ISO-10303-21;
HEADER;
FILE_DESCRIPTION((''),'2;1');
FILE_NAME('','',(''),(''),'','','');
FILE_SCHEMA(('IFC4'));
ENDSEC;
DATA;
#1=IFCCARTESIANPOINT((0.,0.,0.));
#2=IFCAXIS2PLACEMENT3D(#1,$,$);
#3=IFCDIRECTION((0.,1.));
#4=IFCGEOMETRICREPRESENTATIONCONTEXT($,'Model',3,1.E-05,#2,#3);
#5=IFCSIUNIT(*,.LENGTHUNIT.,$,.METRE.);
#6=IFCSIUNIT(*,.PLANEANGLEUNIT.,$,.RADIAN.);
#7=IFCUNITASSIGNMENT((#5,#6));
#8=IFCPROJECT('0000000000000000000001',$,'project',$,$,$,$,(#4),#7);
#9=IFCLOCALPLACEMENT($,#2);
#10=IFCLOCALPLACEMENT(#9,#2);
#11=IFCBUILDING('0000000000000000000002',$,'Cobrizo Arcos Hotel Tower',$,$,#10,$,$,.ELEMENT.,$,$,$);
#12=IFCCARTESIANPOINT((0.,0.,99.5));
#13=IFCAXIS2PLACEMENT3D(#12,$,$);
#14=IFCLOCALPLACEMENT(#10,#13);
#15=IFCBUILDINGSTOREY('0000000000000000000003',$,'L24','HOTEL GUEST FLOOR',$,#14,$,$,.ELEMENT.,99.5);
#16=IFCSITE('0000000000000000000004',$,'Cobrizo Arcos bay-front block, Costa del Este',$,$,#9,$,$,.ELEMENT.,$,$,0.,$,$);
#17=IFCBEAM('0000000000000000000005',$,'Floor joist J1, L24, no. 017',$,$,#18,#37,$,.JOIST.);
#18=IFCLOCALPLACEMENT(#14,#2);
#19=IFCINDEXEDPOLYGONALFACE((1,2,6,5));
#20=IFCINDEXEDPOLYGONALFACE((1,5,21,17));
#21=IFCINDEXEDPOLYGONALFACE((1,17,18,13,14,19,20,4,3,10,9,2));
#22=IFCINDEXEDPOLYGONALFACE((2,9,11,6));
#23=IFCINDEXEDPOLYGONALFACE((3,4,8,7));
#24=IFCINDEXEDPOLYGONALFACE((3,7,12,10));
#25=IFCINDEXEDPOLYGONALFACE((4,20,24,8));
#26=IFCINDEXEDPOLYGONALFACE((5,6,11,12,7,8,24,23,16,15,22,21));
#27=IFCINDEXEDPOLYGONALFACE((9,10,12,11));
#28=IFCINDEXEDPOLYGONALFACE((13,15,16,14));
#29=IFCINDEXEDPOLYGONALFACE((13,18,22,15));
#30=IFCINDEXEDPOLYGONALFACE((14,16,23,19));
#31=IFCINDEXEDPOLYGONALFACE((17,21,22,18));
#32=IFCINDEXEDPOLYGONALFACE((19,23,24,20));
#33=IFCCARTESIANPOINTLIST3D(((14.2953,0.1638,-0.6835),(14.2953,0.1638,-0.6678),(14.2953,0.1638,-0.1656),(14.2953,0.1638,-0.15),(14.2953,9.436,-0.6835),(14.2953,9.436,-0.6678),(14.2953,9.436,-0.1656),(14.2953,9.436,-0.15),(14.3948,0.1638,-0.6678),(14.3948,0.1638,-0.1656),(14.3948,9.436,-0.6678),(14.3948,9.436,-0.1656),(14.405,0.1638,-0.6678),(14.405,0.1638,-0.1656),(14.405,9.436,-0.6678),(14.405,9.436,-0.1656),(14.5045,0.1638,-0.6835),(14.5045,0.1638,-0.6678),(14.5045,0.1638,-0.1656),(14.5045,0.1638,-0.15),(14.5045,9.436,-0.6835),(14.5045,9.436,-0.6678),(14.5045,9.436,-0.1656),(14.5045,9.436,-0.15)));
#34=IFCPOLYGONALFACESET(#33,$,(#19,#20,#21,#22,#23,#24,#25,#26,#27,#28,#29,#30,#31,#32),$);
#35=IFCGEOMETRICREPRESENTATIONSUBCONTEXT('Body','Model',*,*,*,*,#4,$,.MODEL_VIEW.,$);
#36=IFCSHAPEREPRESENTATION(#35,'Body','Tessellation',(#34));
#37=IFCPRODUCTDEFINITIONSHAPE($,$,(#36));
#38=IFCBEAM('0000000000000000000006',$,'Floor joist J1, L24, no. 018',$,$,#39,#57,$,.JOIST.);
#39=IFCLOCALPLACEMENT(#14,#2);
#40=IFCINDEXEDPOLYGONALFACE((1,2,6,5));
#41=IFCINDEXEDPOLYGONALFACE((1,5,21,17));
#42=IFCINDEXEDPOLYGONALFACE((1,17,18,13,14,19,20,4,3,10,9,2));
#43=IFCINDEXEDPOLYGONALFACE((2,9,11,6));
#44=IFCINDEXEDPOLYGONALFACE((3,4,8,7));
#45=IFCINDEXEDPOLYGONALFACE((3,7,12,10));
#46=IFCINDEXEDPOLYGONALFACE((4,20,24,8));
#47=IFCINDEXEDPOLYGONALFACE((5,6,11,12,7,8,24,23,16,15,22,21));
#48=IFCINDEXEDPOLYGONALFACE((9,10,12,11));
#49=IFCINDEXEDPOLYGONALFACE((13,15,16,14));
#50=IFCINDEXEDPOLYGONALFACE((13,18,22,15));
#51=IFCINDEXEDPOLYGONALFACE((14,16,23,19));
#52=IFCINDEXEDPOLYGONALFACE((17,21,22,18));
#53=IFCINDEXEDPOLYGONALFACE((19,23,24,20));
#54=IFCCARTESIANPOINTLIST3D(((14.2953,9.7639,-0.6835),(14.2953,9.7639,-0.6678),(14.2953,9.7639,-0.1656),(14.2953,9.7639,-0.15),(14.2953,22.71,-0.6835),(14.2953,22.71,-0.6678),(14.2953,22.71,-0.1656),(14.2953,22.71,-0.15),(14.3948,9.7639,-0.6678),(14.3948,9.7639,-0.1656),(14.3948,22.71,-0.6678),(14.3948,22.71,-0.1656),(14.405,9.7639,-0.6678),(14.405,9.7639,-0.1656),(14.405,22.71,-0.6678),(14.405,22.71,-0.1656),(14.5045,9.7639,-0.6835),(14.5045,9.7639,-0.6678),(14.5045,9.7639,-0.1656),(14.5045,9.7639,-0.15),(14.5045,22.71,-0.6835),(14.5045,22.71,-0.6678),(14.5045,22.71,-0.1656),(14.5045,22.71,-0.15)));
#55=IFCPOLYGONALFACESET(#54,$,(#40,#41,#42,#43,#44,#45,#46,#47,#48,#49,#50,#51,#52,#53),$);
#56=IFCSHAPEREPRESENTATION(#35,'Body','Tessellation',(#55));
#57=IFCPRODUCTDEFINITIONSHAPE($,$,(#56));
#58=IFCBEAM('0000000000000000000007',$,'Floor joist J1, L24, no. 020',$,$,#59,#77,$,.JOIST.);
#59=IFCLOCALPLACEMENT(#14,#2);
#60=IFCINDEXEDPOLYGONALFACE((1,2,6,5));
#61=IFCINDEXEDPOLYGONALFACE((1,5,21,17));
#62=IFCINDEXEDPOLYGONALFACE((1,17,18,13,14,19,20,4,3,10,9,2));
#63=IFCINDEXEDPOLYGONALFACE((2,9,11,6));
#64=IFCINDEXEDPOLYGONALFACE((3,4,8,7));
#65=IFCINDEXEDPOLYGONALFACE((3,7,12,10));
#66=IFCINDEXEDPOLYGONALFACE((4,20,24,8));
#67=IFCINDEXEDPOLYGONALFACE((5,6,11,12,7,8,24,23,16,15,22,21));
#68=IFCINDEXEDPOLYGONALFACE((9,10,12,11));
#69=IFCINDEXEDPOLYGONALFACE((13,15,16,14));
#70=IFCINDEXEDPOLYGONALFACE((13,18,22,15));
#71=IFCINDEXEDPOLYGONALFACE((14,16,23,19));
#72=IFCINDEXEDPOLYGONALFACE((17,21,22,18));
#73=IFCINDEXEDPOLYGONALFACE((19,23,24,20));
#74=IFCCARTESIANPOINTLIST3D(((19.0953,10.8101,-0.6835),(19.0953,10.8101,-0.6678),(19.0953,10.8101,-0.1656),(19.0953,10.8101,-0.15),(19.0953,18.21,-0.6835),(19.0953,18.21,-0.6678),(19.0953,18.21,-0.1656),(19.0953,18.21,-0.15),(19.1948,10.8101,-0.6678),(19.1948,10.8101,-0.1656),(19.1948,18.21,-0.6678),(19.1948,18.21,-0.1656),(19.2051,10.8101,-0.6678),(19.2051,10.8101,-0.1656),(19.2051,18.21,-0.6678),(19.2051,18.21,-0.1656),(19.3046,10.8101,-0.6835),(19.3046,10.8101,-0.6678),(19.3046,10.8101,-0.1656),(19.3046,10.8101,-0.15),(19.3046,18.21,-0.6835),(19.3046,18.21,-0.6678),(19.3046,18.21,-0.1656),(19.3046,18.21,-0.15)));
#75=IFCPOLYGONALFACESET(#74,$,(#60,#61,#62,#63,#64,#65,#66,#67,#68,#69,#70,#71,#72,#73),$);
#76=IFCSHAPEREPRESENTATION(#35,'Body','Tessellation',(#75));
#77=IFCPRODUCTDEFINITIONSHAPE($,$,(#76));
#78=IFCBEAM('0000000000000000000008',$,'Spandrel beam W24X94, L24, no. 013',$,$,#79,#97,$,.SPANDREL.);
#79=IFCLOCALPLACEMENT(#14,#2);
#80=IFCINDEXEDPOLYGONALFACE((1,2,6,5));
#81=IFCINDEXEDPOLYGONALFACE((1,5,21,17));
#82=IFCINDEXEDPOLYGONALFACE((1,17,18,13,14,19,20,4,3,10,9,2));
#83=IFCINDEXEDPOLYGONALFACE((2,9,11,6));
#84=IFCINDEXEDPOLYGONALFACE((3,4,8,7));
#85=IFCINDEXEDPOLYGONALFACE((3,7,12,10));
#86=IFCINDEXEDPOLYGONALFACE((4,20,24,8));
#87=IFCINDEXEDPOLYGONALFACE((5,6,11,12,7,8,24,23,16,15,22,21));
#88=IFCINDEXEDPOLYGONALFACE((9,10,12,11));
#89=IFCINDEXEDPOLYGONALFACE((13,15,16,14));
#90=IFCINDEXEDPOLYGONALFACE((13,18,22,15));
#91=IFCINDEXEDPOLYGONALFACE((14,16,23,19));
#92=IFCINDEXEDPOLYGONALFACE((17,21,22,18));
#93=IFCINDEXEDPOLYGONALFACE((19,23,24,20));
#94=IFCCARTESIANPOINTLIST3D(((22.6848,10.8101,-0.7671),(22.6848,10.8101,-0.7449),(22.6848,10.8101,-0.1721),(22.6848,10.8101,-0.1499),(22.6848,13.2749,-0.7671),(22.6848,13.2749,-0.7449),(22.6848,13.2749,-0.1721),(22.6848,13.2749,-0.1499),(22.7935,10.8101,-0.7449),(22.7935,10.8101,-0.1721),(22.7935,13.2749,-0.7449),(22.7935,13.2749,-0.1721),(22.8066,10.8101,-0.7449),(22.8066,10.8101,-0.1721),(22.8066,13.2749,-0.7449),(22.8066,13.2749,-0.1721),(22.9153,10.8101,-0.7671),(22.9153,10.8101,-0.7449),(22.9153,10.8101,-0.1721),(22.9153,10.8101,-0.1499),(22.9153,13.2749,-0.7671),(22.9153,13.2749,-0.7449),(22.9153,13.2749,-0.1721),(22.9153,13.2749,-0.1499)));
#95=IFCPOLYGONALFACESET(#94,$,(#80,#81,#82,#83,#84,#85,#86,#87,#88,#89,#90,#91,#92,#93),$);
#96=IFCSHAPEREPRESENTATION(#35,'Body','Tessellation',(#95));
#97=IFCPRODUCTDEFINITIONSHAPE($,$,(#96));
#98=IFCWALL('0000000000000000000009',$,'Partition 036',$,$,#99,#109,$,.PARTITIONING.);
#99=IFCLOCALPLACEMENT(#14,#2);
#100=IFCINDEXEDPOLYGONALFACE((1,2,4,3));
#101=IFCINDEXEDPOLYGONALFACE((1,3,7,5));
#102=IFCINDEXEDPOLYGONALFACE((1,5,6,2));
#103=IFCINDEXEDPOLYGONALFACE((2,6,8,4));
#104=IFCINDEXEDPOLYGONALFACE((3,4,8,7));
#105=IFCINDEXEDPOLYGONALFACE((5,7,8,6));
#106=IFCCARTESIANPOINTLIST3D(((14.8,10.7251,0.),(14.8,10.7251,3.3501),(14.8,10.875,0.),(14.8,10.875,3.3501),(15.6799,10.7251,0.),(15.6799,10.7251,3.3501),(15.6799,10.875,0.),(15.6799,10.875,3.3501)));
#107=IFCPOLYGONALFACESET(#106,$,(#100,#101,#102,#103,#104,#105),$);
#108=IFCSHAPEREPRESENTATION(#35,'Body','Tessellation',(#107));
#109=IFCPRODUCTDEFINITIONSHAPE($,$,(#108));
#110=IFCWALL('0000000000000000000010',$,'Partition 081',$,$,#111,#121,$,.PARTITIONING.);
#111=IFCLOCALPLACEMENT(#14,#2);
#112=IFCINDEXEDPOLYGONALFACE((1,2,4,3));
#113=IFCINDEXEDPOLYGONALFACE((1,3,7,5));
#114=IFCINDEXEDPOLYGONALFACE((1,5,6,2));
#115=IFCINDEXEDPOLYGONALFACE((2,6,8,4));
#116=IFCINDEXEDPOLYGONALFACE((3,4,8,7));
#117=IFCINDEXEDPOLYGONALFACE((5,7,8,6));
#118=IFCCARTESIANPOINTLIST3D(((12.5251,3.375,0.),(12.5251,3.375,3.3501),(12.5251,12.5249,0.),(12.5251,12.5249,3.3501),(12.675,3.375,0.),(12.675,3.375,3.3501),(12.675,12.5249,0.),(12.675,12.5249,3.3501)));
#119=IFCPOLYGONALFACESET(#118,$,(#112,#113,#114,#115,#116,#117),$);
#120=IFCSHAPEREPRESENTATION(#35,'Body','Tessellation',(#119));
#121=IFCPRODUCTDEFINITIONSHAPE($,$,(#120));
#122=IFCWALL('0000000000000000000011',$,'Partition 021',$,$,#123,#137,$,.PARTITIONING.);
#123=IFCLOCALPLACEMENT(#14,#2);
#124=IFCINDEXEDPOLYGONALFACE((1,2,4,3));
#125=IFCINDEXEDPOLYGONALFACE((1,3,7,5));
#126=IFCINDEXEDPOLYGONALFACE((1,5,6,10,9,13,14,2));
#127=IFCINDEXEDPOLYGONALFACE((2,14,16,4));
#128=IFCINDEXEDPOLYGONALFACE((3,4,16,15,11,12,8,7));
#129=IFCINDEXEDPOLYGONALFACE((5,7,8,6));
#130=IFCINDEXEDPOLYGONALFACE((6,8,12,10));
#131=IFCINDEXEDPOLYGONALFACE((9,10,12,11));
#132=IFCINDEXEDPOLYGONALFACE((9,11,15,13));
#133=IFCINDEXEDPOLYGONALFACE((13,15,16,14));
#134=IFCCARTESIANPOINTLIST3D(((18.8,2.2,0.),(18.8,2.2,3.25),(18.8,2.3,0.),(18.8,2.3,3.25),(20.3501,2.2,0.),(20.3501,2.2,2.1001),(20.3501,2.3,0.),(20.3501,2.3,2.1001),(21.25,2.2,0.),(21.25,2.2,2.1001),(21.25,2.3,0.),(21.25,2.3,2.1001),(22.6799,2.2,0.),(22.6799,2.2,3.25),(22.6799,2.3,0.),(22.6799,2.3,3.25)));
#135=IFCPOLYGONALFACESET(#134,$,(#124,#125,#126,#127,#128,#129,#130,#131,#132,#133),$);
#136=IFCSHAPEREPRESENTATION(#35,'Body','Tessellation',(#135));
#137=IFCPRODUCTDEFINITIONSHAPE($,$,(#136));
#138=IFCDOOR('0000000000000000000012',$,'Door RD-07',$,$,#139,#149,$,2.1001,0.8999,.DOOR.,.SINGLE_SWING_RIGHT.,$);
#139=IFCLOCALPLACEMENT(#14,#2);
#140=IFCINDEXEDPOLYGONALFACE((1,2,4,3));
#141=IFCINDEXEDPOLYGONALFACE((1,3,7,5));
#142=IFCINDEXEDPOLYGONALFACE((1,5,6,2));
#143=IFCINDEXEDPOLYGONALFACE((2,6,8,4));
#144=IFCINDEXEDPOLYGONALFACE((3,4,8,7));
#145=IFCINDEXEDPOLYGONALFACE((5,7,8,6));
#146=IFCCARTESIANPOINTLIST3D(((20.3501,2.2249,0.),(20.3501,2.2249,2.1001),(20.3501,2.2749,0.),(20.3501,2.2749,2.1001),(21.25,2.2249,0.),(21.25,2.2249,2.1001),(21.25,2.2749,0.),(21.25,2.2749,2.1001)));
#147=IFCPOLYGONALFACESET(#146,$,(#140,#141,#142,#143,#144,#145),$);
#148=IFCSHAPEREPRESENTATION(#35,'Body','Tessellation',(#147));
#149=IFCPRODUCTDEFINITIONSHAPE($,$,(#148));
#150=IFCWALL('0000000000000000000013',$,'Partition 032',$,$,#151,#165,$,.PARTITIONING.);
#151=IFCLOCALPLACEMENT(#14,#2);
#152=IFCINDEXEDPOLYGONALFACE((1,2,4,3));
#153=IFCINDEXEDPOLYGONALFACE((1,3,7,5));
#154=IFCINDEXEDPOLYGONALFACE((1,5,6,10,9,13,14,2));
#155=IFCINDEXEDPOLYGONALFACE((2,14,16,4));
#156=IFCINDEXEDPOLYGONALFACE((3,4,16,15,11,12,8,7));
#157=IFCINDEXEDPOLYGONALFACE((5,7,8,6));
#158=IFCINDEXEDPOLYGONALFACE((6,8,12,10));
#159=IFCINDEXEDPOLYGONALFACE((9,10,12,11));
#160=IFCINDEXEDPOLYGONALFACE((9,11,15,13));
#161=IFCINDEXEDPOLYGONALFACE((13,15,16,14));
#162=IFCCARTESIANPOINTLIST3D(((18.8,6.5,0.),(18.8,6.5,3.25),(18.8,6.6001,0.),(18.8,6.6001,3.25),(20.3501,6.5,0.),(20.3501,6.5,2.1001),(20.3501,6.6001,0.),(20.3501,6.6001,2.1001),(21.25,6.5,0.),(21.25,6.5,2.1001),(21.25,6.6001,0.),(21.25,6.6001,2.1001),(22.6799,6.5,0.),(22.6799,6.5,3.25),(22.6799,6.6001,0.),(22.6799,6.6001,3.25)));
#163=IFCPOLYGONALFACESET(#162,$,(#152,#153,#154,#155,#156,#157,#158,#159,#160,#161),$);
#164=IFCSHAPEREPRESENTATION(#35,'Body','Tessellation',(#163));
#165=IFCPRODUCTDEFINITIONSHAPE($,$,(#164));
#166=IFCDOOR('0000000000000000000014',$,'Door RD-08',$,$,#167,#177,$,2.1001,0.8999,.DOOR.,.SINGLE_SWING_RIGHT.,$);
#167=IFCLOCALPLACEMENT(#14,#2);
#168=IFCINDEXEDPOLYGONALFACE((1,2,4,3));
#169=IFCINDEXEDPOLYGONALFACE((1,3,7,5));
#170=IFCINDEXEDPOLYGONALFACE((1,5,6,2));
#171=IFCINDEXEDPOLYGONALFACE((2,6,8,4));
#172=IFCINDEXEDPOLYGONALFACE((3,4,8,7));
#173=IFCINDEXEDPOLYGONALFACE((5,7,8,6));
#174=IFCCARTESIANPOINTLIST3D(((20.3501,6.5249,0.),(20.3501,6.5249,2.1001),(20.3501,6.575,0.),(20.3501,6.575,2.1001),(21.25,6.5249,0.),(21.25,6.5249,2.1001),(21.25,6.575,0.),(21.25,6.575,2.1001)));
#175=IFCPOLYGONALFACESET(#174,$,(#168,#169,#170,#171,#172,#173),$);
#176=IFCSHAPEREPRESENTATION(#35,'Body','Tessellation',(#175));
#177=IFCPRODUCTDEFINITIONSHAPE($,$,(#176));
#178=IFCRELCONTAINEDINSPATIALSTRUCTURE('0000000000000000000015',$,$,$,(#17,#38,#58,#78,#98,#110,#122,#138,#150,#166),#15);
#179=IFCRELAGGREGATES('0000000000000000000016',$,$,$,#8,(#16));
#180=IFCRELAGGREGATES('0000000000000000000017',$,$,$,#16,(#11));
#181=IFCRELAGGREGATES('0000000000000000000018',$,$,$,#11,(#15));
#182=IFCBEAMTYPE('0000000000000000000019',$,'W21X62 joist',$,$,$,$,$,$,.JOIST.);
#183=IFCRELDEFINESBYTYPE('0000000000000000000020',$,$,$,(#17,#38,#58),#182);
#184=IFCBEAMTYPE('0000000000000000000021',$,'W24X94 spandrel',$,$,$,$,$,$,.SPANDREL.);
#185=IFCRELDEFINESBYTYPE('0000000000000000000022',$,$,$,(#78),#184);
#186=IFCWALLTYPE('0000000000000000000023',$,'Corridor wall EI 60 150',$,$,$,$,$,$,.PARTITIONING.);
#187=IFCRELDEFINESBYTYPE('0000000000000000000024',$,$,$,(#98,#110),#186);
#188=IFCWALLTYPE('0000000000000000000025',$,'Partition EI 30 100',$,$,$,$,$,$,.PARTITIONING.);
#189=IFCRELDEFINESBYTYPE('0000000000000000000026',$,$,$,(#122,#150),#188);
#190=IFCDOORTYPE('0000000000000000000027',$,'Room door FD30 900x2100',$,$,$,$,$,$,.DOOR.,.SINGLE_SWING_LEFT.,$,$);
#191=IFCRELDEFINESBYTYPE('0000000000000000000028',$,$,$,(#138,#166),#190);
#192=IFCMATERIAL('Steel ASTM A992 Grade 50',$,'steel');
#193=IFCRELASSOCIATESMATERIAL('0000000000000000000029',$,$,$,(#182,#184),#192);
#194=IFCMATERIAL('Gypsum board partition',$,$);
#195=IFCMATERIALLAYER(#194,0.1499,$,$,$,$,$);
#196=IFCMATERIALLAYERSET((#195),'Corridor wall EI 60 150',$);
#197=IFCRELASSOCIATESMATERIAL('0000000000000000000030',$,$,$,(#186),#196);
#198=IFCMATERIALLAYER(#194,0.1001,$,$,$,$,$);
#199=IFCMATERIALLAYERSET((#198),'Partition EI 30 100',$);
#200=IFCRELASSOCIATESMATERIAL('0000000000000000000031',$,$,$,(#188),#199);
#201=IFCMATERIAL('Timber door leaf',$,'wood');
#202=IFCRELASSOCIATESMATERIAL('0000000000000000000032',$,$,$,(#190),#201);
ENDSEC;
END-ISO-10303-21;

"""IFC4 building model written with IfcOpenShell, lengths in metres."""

from ifc_helpers import new_model, si_unit, direction, frame, frame_2d, origin, origin_2d, place, context, subcontext, project, spatial, rectangle, i_section, extrude, material, layer, layer_set, material_profile, profile_set, type_object, element, fill, save


model = new_model("IFC4")

# Units and contexts
model_context = context("Model", 3, precision=1e-05, world=origin(), true_north=direction((0.0, 1.0)))
body_context = subcontext(model_context, "Body", "Model", "MODEL_VIEW")
ifc_project = project(units=[si_unit("LENGTHUNIT", "METRE"), si_unit("PLANEANGLEUNIT", "RADIAN")], contexts=[model_context])

# Site, building, storey
site_placement = place(None, origin())
site = spatial("IfcSite", under=ifc_project, at=site_placement, Name="Cobrizo Arcos bay-front block, Costa del Este", CompositionType="ELEMENT", RefElevation=0.0)
building_placement = place(site_placement, origin())
building = spatial("IfcBuilding", under=site, at=building_placement, Name="Cobrizo Arcos Hotel Tower", CompositionType="ELEMENT")
storey_placement = place(building_placement, frame((0.0, 0.0, 99.5)))
storey = spatial("IfcBuildingStorey", under=building, at=storey_placement, Name="L24", Description="HOTEL GUEST FLOOR", CompositionType="ELEMENT", Elevation=99.5)

# Beams
ifc_material_1 = material(Name="Steel ASTM A992 Grade 50", Category="steel")
ifc_material_profile_1 = material_profile(ifc_material_1, i_section(OverallWidth=0.2092, OverallDepth=0.5334, WebThickness=0.0103, FlangeThickness=0.0156, at=origin_2d()), Name="W21X62")
ifc_profile_set_1 = profile_set([ifc_material_profile_1], Name="Steel ASTM A992 Grade 50")
beam_type_1 = type_object("IfcBeamType", Name="W21X62 joist", PredefinedType="JOIST", material=ifc_profile_set_1)
beam_1_placement = place(storey_placement, frame((14.3999, 0.1638, -0.4167), z_axis=(0.0, 1.0, 0.0), x_axis=(-1.0, 0.0, 0.0)))
element("IfcBeam", 1, at=beam_1_placement, inside=storey, type_object=beam_type_1, Name="Floor joist J1, L24, no. 017", PredefinedType="JOIST", context=body_context, shape_type="SweptSolid", body=[
    extrude(i_section(OverallWidth=0.2092, OverallDepth=0.5334, WebThickness=0.0103, FlangeThickness=0.0156, at=origin_2d()), origin(), (0.0, 0.0, 1.0), 9.2722),
])
beam_2_placement = place(storey_placement, frame((14.3999, 9.7639, -0.4167), z_axis=(0.0, 1.0, 0.0), x_axis=(-1.0, 0.0, 0.0)))
element("IfcBeam", 2, at=beam_2_placement, inside=storey, type_object=beam_type_1, Name="Floor joist J1, L24, no. 018", PredefinedType="JOIST", context=body_context, shape_type="SweptSolid", body=[
    extrude(i_section(OverallWidth=0.2092, OverallDepth=0.5334, WebThickness=0.0103, FlangeThickness=0.0156, at=origin_2d()), origin(), (0.0, 0.0, 1.0), 12.946),
])
beam_3_placement = place(storey_placement, frame((19.2, 10.8101, -0.4167), z_axis=(0.0, 1.0, 0.0), x_axis=(-1.0, 0.0, 0.0)))
element("IfcBeam", 3, at=beam_3_placement, inside=storey, type_object=beam_type_1, Name="Floor joist J1, L24, no. 020", PredefinedType="JOIST", context=body_context, shape_type="SweptSolid", body=[
    extrude(i_section(OverallWidth=0.2092, OverallDepth=0.5334, WebThickness=0.0103, FlangeThickness=0.0156, at=origin_2d()), origin(), (0.0, 0.0, 1.0), 7.3999),
])
ifc_material_profile_2 = material_profile(ifc_material_1, i_section(OverallWidth=0.2305, OverallDepth=0.6172, WebThickness=0.0132, FlangeThickness=0.0222, at=origin_2d()), Name="W24X94")
ifc_profile_set_2 = profile_set([ifc_material_profile_2], Name="Steel ASTM A992 Grade 50")
beam_type_2 = type_object("IfcBeamType", Name="W24X94 spandrel", PredefinedType="SPANDREL", material=ifc_profile_set_2)
beam_4_placement = place(storey_placement, frame((22.8, 10.8101, -0.4585), z_axis=(0.0, 1.0, 0.0), x_axis=(-1.0, 0.0, 0.0)))
element("IfcBeam", 4, at=beam_4_placement, inside=storey, type_object=beam_type_2, Name="Spandrel beam W24X94, L24, no. 013", PredefinedType="SPANDREL", context=body_context, shape_type="SweptSolid", body=[
    extrude(i_section(OverallWidth=0.2305, OverallDepth=0.6172, WebThickness=0.0132, FlangeThickness=0.0222, at=origin_2d()), origin(), (0.0, 0.0, 1.0), 2.4648),
])

# Walls
ifc_material_2 = material(Name="Gypsum board partition")
ifc_layer_1 = layer(ifc_material_2, 0.1499)
ifc_layer_set_1 = layer_set([ifc_layer_1], Name="Corridor wall EI 60 150")
wall_type_1 = type_object("IfcWallType", Name="Corridor wall EI 60 150", PredefinedType="PARTITIONING", material=ifc_layer_set_1)
wall_1_placement = place(storey_placement, frame((14.8, 10.8, 0.0), z_axis=(0.0, 0.0, 1.0), x_axis=(1.0, 0.0, 0.0)))
element("IfcWall", 5, at=wall_1_placement, inside=storey, type_object=wall_type_1, Name="Partition 036", PredefinedType="PARTITIONING", context=body_context, shape_type="SweptSolid", body=[
    extrude(rectangle(XDim=0.8799, YDim=0.1499, at=frame_2d((0.4399, 0.0))), origin(), (0.0, 0.0, 1.0), 3.3501),
])
wall_2_placement = place(storey_placement, frame((12.6001, 3.375, 0.0), z_axis=(0.0, 0.0, 1.0), x_axis=(0.0, 1.0, 0.0)))
element("IfcWall", 6, at=wall_2_placement, inside=storey, type_object=wall_type_1, Name="Partition 081", PredefinedType="PARTITIONING", context=body_context, shape_type="SweptSolid", body=[
    extrude(rectangle(XDim=9.1499, YDim=0.1499, at=frame_2d((4.575, 0.0))), origin(), (0.0, 0.0, 1.0), 3.3501),
])

# Walls, openings, doors
ifc_layer_2 = layer(ifc_material_2, 0.1001)
ifc_layer_set_2 = layer_set([ifc_layer_2], Name="Partition EI 30 100")
wall_type_2 = type_object("IfcWallType", Name="Partition EI 30 100", PredefinedType="PARTITIONING", material=ifc_layer_set_2)
wall_3_placement = place(storey_placement, frame((18.8, 2.25, 0.0), z_axis=(0.0, 0.0, 1.0), x_axis=(1.0, 0.0, 0.0)))
wall_3 = element("IfcWall", 7, at=wall_3_placement, inside=storey, type_object=wall_type_2, Name="Partition 021", PredefinedType="PARTITIONING", context=body_context, shape_type="SweptSolid", body=[
    extrude(rectangle(XDim=3.8799, YDim=0.1001, at=frame_2d((1.9399, 0.0))), origin(), (0.0, 0.0, 1.0), 3.25),
])
opening_1_placement = place(wall_3_placement, frame((1.55, 0.0, 0.0)))
opening_1 = element("IfcOpeningElement", 8, at=opening_1_placement, cuts=wall_3, PredefinedType="OPENING", context=body_context, shape_type="SweptSolid", body=[
    extrude(rectangle(XDim=0.8999, YDim=2.1001, at=frame_2d((0.45, 1.05))), frame((0.0, 0.062, 0.0), z_axis=(0.0, -1.0, 0.0), x_axis=(1.0, 0.0, 0.0)), (0.0, 0.0, 1.0), 0.124),
])
ifc_material_3 = material(Name="Timber door leaf", Category="wood")
door_type_1 = type_object("IfcDoorType", Name="Room door FD30 900x2100", OperationType="SINGLE_SWING_LEFT", PredefinedType="DOOR", material=ifc_material_3)
door_1_placement = place(opening_1_placement, origin())
door_1 = element("IfcDoor", 9, at=door_1_placement, inside=storey, type_object=door_type_1, Name="Door RD-07", OperationType="SINGLE_SWING_RIGHT", OverallHeight=2.1001, OverallWidth=0.8999, PredefinedType="DOOR", context=body_context, shape_type="SweptSolid", body=[
    extrude(rectangle(XDim=0.8999, YDim=2.1001, at=frame_2d((0.45, 1.05))), frame((0.0, 0.0249, 0.0), z_axis=(0.0, -1.0, 0.0), x_axis=(1.0, 0.0, 0.0)), (0.0, 0.0, 1.0), 0.05),
])
fill(opening_1, door_1)
wall_4_placement = place(storey_placement, frame((18.8, 6.55, 0.0), z_axis=(0.0, 0.0, 1.0), x_axis=(1.0, 0.0, 0.0)))
wall_4 = element("IfcWall", 10, at=wall_4_placement, inside=storey, type_object=wall_type_2, Name="Partition 032", PredefinedType="PARTITIONING", context=body_context, shape_type="SweptSolid", body=[
    extrude(rectangle(XDim=3.8799, YDim=0.1001, at=frame_2d((1.9399, 0.0))), origin(), (0.0, 0.0, 1.0), 3.25),
])
opening_2_placement = place(wall_4_placement, frame((1.55, 0.0, 0.0)))
opening_2 = element("IfcOpeningElement", 11, at=opening_2_placement, cuts=wall_4, PredefinedType="OPENING", context=body_context, shape_type="SweptSolid", body=[
    extrude(rectangle(XDim=0.8999, YDim=2.1001, at=frame_2d((0.45, 1.05))), frame((0.0, 0.062, 0.0), z_axis=(0.0, -1.0, 0.0), x_axis=(1.0, 0.0, 0.0)), (0.0, 0.0, 1.0), 0.124),
])
door_2_placement = place(opening_2_placement, origin())
door_2 = element("IfcDoor", 12, at=door_2_placement, inside=storey, type_object=door_type_1, Name="Door RD-08", OperationType="SINGLE_SWING_RIGHT", OverallHeight=2.1001, OverallWidth=0.8999, PredefinedType="DOOR", context=body_context, shape_type="SweptSolid", body=[
    extrude(rectangle(XDim=0.8999, YDim=2.1001, at=frame_2d((0.45, 1.05))), frame((0.0, 0.0249, 0.0), z_axis=(0.0, -1.0, 0.0), x_axis=(1.0, 0.0, 0.0)), (0.0, 0.0, 1.0), 0.05),
])
fill(opening_2, door_2)

save(model, "model.ifc")
